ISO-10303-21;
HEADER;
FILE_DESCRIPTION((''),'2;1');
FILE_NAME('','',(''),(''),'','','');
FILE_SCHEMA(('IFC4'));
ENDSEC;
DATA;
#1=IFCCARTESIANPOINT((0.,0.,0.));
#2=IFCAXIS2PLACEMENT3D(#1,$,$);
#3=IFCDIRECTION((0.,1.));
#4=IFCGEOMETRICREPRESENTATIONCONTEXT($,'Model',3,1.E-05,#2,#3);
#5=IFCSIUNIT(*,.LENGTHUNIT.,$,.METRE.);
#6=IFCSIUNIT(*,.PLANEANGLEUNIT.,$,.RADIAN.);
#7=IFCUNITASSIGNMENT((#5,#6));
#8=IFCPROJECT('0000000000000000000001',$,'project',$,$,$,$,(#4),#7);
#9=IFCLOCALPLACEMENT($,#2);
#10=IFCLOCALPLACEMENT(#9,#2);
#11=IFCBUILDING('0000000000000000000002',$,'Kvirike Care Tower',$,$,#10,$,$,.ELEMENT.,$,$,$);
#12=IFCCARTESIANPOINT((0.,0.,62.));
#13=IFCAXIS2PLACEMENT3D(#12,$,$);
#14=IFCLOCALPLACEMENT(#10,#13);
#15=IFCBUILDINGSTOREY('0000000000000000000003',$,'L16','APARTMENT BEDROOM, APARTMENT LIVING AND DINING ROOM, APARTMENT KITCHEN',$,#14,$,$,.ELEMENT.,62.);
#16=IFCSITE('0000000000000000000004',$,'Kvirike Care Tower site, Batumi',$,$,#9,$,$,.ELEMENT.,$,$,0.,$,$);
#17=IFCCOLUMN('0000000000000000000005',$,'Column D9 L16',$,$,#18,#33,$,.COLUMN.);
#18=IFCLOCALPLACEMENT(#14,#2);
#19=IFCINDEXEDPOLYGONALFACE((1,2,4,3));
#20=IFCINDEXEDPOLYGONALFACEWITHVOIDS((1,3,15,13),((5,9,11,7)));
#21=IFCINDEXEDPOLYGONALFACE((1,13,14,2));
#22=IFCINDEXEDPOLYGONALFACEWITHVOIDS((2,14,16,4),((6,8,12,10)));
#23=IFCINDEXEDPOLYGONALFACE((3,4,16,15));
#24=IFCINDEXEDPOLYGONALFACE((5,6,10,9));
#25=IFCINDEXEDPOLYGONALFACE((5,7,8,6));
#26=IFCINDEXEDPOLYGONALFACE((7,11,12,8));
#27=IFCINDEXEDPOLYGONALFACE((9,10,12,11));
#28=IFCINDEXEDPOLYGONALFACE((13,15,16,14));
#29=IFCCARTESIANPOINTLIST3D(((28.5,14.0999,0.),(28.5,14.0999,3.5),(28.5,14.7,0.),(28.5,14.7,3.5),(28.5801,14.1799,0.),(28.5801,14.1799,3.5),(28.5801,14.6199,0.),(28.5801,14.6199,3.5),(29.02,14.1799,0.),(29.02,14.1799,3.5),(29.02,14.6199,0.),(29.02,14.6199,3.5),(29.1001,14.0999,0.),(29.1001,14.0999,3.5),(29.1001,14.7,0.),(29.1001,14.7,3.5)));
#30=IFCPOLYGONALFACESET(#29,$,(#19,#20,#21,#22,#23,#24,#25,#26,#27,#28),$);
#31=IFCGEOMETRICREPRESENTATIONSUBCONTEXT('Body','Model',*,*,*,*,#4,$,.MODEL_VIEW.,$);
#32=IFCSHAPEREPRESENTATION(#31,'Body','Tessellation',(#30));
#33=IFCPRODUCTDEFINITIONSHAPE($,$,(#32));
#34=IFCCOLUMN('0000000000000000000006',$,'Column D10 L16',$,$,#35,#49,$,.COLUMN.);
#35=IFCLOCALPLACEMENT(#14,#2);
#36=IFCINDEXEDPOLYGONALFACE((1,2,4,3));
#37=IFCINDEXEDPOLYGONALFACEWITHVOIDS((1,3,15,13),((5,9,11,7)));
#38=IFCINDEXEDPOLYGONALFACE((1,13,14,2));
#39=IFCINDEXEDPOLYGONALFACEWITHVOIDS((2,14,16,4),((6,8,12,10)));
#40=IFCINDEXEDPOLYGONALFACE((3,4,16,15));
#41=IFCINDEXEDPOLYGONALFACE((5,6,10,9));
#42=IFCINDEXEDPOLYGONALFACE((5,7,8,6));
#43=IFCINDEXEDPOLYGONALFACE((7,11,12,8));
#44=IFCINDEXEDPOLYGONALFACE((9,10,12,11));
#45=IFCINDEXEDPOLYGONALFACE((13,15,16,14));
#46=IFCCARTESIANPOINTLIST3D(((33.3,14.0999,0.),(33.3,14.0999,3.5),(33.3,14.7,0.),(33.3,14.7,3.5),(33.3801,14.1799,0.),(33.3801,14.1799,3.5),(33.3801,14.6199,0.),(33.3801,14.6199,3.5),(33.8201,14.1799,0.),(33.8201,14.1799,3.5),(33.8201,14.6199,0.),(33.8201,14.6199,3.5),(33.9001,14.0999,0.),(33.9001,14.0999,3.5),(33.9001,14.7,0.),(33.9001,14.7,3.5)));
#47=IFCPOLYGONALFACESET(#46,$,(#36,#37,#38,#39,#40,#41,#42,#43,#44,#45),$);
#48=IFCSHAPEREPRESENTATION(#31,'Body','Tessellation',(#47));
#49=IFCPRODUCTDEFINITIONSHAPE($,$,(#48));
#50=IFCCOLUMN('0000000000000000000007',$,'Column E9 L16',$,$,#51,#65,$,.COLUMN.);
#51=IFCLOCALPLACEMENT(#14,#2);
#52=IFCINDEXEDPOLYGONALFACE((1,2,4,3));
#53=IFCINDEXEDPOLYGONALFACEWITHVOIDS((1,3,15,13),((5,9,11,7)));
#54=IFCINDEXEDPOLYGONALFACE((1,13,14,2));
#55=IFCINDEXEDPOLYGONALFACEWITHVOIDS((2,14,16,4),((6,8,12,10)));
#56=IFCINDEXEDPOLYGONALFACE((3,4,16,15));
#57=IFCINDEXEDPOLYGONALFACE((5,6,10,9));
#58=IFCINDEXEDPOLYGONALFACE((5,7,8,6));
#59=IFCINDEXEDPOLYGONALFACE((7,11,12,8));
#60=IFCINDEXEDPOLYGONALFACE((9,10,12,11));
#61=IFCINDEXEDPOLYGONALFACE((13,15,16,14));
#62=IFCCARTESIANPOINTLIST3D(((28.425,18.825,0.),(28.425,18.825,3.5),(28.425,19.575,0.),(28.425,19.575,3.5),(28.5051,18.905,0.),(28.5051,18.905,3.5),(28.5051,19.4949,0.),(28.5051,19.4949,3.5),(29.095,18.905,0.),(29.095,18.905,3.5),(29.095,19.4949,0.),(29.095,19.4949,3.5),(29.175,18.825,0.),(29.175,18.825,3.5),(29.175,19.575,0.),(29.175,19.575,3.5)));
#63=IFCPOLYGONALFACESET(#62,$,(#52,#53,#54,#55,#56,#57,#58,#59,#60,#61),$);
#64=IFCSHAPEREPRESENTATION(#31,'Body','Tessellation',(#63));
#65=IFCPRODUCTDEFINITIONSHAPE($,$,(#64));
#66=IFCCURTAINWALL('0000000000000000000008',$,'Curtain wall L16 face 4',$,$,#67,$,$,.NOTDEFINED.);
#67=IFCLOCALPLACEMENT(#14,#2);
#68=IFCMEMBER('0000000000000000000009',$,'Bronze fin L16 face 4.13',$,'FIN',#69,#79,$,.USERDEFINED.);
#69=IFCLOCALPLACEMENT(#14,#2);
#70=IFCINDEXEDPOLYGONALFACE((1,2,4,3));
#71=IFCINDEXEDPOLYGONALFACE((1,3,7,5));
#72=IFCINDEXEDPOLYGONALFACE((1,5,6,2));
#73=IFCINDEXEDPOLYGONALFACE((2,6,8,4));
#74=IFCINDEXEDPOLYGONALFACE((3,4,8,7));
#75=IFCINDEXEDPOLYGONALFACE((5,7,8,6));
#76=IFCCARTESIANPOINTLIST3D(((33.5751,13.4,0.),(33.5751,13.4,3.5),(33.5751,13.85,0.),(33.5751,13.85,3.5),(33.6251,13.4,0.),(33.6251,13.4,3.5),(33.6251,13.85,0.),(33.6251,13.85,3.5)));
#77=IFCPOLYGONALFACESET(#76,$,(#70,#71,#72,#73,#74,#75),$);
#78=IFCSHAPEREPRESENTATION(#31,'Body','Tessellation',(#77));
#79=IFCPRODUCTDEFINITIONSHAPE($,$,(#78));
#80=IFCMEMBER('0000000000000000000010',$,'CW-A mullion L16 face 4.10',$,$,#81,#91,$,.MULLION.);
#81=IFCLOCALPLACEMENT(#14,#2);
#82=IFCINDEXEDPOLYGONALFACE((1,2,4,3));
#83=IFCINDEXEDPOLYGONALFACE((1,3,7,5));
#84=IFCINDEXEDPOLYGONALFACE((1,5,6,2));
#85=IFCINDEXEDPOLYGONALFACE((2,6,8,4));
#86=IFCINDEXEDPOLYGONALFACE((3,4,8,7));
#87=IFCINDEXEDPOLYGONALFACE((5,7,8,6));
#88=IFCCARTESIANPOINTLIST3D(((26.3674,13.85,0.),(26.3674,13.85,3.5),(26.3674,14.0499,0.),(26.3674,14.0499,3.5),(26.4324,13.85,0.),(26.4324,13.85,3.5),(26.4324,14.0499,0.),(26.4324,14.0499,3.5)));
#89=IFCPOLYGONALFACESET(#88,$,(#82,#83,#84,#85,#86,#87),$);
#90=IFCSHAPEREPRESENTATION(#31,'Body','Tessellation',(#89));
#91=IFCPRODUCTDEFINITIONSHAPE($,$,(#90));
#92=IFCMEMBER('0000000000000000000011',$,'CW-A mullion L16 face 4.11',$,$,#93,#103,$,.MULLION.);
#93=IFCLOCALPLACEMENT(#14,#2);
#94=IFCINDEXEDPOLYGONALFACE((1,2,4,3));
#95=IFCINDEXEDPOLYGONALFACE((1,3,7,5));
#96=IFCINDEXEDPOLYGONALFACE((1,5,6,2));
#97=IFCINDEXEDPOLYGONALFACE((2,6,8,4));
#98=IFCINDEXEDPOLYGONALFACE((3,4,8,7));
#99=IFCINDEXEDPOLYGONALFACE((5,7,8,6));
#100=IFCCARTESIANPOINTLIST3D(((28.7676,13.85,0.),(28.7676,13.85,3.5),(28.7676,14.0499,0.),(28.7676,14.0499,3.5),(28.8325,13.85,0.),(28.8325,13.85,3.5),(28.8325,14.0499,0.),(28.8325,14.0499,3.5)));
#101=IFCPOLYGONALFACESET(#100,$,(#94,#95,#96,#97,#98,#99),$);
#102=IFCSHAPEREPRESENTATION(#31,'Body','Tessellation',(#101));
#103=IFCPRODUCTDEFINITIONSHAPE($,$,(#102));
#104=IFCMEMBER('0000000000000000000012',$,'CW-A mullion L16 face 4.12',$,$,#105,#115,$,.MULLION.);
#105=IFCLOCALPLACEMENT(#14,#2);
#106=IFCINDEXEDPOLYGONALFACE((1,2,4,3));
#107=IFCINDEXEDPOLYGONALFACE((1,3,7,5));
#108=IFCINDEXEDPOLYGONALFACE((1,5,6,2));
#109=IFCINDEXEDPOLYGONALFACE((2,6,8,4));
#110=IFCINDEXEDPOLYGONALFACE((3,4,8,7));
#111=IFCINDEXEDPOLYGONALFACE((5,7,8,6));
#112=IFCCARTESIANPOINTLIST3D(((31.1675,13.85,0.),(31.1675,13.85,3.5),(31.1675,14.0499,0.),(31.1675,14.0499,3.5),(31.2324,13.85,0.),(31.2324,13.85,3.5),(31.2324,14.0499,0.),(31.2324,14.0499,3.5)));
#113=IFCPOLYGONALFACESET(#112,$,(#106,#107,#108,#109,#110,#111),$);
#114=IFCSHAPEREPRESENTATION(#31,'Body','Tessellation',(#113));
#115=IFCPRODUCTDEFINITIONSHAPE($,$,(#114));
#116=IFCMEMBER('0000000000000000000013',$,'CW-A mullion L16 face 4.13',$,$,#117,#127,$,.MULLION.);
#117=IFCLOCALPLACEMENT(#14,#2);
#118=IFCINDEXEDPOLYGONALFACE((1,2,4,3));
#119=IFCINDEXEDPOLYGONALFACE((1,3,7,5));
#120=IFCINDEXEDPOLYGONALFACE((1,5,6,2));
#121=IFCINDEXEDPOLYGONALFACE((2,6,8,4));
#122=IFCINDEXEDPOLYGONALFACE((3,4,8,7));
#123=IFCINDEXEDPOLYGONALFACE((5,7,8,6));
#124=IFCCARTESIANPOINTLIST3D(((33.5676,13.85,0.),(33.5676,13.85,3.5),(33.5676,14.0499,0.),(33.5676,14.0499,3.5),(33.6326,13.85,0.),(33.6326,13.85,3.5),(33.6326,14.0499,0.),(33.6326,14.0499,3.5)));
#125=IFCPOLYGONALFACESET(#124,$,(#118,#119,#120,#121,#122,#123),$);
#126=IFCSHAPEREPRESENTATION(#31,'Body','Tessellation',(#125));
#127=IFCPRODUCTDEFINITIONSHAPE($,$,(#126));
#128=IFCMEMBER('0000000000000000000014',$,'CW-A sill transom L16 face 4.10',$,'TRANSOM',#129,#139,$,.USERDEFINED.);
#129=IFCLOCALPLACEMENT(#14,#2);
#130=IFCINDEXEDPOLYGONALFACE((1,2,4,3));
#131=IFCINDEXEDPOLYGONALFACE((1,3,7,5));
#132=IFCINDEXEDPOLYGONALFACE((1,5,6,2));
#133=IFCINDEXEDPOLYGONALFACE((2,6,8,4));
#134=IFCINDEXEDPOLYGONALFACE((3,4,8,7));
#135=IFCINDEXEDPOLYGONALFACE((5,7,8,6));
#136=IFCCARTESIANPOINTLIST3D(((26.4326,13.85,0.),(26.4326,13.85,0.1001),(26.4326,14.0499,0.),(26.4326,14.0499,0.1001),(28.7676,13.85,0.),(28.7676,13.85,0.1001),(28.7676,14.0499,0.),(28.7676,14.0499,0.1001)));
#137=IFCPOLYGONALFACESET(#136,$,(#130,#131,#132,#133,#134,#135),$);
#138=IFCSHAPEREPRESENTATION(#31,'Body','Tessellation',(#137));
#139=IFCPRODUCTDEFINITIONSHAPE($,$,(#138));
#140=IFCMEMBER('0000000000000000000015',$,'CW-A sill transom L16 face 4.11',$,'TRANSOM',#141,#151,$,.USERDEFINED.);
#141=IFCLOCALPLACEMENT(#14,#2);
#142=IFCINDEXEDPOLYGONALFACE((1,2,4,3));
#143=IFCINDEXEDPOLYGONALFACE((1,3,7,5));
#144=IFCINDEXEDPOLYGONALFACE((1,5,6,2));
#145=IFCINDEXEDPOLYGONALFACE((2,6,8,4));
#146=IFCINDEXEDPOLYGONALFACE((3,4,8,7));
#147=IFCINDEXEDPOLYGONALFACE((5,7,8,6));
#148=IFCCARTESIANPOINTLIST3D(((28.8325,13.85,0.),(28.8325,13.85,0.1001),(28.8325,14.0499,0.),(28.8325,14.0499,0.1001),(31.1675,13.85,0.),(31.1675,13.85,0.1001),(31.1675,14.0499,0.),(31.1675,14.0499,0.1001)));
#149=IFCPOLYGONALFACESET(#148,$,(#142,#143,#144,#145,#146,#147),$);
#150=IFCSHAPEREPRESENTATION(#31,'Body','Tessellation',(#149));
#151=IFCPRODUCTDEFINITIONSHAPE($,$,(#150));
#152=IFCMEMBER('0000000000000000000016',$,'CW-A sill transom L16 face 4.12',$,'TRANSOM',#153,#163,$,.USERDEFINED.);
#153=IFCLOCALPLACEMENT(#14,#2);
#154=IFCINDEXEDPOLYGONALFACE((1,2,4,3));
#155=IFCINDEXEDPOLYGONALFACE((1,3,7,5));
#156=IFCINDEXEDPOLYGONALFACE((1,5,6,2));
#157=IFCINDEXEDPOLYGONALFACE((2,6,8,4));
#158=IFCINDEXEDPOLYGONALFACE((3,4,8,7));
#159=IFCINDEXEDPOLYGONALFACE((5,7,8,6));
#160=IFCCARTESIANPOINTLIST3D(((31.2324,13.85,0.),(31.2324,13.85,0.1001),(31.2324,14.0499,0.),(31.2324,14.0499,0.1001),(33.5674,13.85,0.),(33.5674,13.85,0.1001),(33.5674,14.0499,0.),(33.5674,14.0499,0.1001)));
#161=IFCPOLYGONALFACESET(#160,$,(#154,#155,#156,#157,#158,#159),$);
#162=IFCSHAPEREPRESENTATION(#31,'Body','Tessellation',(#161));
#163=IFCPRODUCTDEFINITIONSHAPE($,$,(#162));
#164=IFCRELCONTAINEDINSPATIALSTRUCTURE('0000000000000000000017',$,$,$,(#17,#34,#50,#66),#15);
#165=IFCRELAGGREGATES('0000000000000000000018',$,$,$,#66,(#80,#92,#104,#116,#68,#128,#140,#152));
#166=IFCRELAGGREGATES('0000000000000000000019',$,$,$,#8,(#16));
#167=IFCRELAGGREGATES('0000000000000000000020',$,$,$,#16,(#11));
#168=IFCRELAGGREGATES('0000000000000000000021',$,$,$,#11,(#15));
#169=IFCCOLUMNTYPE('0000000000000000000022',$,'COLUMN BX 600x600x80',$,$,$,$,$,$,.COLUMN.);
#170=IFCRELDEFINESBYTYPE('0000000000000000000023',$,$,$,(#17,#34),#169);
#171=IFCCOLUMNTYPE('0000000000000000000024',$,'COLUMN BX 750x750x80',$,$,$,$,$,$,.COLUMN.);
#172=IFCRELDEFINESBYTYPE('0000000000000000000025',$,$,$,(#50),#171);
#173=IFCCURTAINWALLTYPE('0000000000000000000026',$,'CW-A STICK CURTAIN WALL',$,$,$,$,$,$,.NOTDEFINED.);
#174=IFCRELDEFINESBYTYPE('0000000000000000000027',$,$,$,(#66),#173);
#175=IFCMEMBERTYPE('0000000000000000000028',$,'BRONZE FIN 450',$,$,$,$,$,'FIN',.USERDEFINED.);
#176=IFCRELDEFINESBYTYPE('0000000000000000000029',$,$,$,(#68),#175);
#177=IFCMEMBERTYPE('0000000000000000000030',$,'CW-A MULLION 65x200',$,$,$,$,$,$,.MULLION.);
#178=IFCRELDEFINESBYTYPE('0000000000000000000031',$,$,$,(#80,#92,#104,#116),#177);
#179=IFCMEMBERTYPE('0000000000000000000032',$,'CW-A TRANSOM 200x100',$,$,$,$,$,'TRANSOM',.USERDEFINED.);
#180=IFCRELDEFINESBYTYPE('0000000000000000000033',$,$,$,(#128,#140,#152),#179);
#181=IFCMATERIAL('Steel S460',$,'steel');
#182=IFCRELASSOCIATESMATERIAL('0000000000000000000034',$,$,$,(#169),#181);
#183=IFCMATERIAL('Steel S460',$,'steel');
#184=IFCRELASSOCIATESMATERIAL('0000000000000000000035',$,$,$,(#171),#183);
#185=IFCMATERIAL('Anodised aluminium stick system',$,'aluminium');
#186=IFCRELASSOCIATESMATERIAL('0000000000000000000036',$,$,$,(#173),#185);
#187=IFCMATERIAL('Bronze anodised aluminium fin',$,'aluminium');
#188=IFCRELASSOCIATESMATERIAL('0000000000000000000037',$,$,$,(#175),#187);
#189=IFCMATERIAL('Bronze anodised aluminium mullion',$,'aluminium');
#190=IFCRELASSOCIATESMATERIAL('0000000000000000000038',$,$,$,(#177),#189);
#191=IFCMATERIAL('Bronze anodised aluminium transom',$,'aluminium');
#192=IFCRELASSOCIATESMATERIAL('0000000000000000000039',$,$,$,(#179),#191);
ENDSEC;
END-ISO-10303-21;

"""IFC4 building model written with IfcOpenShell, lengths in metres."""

from ifc_helpers import new_model, si_unit, direction, frame, origin, origin_2d, place, context, subcontext, project, spatial, rectangle, hollow_rectangle, extrude, material, material_profile, profile_set, type_object, element, aggregate, save


model = new_model("IFC4")

# Units and contexts
model_context = context("Model", 3, precision=1e-05, world=origin(), true_north=direction((0.0, 1.0)))
body_context = subcontext(model_context, "Body", "Model", "MODEL_VIEW")
ifc_project = project(units=[si_unit("LENGTHUNIT", "METRE"), si_unit("PLANEANGLEUNIT", "RADIAN")], contexts=[model_context])

# Site, building, storey
site_placement = place(None, origin())
site = spatial("IfcSite", under=ifc_project, at=site_placement, Name="Kvirike Care Tower site, Batumi", CompositionType="ELEMENT", RefElevation=0.0)
building_placement = place(site_placement, origin())
building = spatial("IfcBuilding", under=site, at=building_placement, Name="Kvirike Care Tower", CompositionType="ELEMENT")
storey_placement = place(building_placement, frame((0.0, 0.0, 62.0)))
storey = spatial("IfcBuildingStorey", under=building, at=storey_placement, Name="L16", Description="APARTMENT BEDROOM, APARTMENT LIVING AND DINING ROOM, APARTMENT KITCHEN", CompositionType="ELEMENT", Elevation=62.0)

# Columns
ifc_material_1 = material(Name="Steel S460", Category="steel")
ifc_material_profile_1 = material_profile(ifc_material_1, hollow_rectangle(XDim=0.6001, YDim=0.6001, WallThickness=0.0801, at=origin_2d()), Name="BX 600x600x80")
ifc_profile_set_1 = profile_set([ifc_material_profile_1], Name="Steel S460")
column_type_1 = type_object("IfcColumnType", Name="COLUMN BX 600x600x80", PredefinedType="COLUMN", material=ifc_profile_set_1)
for number, where, z_axis, x_axis, name in (
    (1, (28.8, 14.3999, 0.0), (0.0, 0.0, 1.0), (0.0, 1.0, 0.0), "Column D9 L16"),
    (2, (33.6001, 14.3999, 0.0), (0.0, 0.0, 1.0), (0.0, 1.0, 0.0), "Column D10 L16"),
):
    element("IfcColumn", number, at=place(storey_placement, frame(where, z_axis=z_axis, x_axis=x_axis)), inside=storey, type_object=column_type_1, Name=name, PredefinedType="COLUMN", context=body_context, shape_type="SweptSolid", body=[
        extrude(hollow_rectangle(XDim=0.6001, YDim=0.6001, WallThickness=0.0801, at=origin_2d()), origin(), (0.0, 0.0, 1.0), 3.5),
    ])
ifc_material_2 = material(Name="Steel S460", Category="steel")
ifc_material_profile_2 = material_profile(ifc_material_2, hollow_rectangle(XDim=0.75, YDim=0.75, WallThickness=0.0801, at=origin_2d()), Name="BX 750x750x80")
ifc_profile_set_2 = profile_set([ifc_material_profile_2], Name="Steel S460")
column_type_2 = type_object("IfcColumnType", Name="COLUMN BX 750x750x80", PredefinedType="COLUMN", material=ifc_profile_set_2)
column_placement = place(storey_placement, frame((28.8, 19.2, 0.0), z_axis=(0.0, 0.0, 1.0), x_axis=(1.0, 0.0, 0.0)))
element("IfcColumn", 3, at=column_placement, inside=storey, type_object=column_type_2, Name="Column E9 L16", PredefinedType="COLUMN", context=body_context, shape_type="SweptSolid", body=[
    extrude(hollow_rectangle(XDim=0.75, YDim=0.75, WallThickness=0.0801, at=origin_2d()), origin(), (0.0, 0.0, 1.0), 3.5),
])

# Curtain wall, members
ifc_material_3 = material(Name="Anodised aluminium stick system", Category="aluminium")
curtain_wall_type = type_object("IfcCurtainWallType", Name="CW-A STICK CURTAIN WALL", PredefinedType="NOTDEFINED", material=ifc_material_3)
curtain_wall_placement = place(storey_placement, origin())
curtain_wall = element("IfcCurtainWall", 4, at=curtain_wall_placement, inside=storey, type_object=curtain_wall_type, Name="Curtain wall L16 face 4", PredefinedType="NOTDEFINED")
ifc_material_4 = material(Name="Bronze anodised aluminium fin", Category="aluminium")
ifc_material_profile_3 = material_profile(ifc_material_4, rectangle(XDim=0.05, YDim=0.45, at=origin_2d()), Name="BRONZE FIN 450")
ifc_profile_set_3 = profile_set([ifc_material_profile_3], Name="Bronze anodised aluminium fin")
member_type_1 = type_object("IfcMemberType", Name="BRONZE FIN 450", ElementType="FIN", PredefinedType="USERDEFINED", material=ifc_profile_set_3)
member_1_placement = place(storey_placement, frame((33.6001, 13.625, 0.0), z_axis=(0.0, 0.0, 1.0), x_axis=(1.0, 0.0, 0.0)))
member_1 = element("IfcMember", 5, at=member_1_placement, type_object=member_type_1, Name="Bronze fin L16 face 4.13", ObjectType="FIN", PredefinedType="USERDEFINED", context=body_context, shape_type="SweptSolid", body=[
    extrude(rectangle(XDim=0.05, YDim=0.45, at=origin_2d()), origin(), (0.0, 0.0, 1.0), 3.5),
])
ifc_material_5 = material(Name="Bronze anodised aluminium mullion", Category="aluminium")
ifc_material_profile_4 = material_profile(ifc_material_5, rectangle(XDim=0.0649, YDim=0.2, at=origin_2d()), Name="CW-A MULLION 65x200")
ifc_profile_set_4 = profile_set([ifc_material_profile_4], Name="Bronze anodised aluminium mullion")
member_type_2 = type_object("IfcMemberType", Name="CW-A MULLION 65x200", PredefinedType="MULLION", material=ifc_profile_set_4)
member_2_placement = place(storey_placement, frame((26.3999, 13.95, 0.0), z_axis=(0.0, 0.0, 1.0), x_axis=(1.0, 0.0, 0.0)))
member_2 = element("IfcMember", 6, at=member_2_placement, type_object=member_type_2, Name="CW-A mullion L16 face 4.10", PredefinedType="MULLION", context=body_context, shape_type="SweptSolid", body=[
    extrude(rectangle(XDim=0.0649, YDim=0.2, at=origin_2d()), origin(), (0.0, 0.0, 1.0), 3.5),
])
member_3_placement = place(storey_placement, frame((28.8, 13.95, 0.0), z_axis=(0.0, 0.0, 1.0), x_axis=(1.0, 0.0, 0.0)))
member_3 = element("IfcMember", 7, at=member_3_placement, type_object=member_type_2, Name="CW-A mullion L16 face 4.11", PredefinedType="MULLION", context=body_context, shape_type="SweptSolid", body=[
    extrude(rectangle(XDim=0.0649, YDim=0.2, at=origin_2d()), origin(), (0.0, 0.0, 1.0), 3.5),
])
member_4_placement = place(storey_placement, frame((31.2, 13.95, 0.0), z_axis=(0.0, 0.0, 1.0), x_axis=(1.0, 0.0, 0.0)))
member_4 = element("IfcMember", 8, at=member_4_placement, type_object=member_type_2, Name="CW-A mullion L16 face 4.12", PredefinedType="MULLION", context=body_context, shape_type="SweptSolid", body=[
    extrude(rectangle(XDim=0.0649, YDim=0.2, at=origin_2d()), origin(), (0.0, 0.0, 1.0), 3.5),
])
member_5_placement = place(storey_placement, frame((33.6001, 13.95, 0.0), z_axis=(0.0, 0.0, 1.0), x_axis=(1.0, 0.0, 0.0)))
member_5 = element("IfcMember", 9, at=member_5_placement, type_object=member_type_2, Name="CW-A mullion L16 face 4.13", PredefinedType="MULLION", context=body_context, shape_type="SweptSolid", body=[
    extrude(rectangle(XDim=0.0649, YDim=0.2, at=origin_2d()), origin(), (0.0, 0.0, 1.0), 3.5),
])
ifc_material_6 = material(Name="Bronze anodised aluminium transom", Category="aluminium")
ifc_material_profile_5 = material_profile(ifc_material_6, rectangle(XDim=0.2, YDim=0.1001, at=origin_2d()), Name="CW-A TRANSOM 200x100")
ifc_profile_set_5 = profile_set([ifc_material_profile_5], Name="Bronze anodised aluminium transom")
member_type_3 = type_object("IfcMemberType", Name="CW-A TRANSOM 200x100", ElementType="TRANSOM", PredefinedType="USERDEFINED", material=ifc_profile_set_5)
member_6_placement = place(storey_placement, frame((26.4326, 13.95, 0.05), z_axis=(1.0, 0.0, 0.0), x_axis=(0.0, 1.0, 0.0)))
member_6 = element("IfcMember", 10, at=member_6_placement, type_object=member_type_3, Name="CW-A sill transom L16 face 4.10", ObjectType="TRANSOM", PredefinedType="USERDEFINED", context=body_context, shape_type="SweptSolid", body=[
    extrude(rectangle(XDim=0.2, YDim=0.1001, at=origin_2d()), origin(), (0.0, 0.0, 1.0), 2.335),
])
member_7_placement = place(storey_placement, frame((28.8325, 13.95, 0.05), z_axis=(1.0, 0.0, 0.0), x_axis=(0.0, 1.0, 0.0)))
member_7 = element("IfcMember", 11, at=member_7_placement, type_object=member_type_3, Name="CW-A sill transom L16 face 4.11", ObjectType="TRANSOM", PredefinedType="USERDEFINED", context=body_context, shape_type="SweptSolid", body=[
    extrude(rectangle(XDim=0.2, YDim=0.1001, at=origin_2d()), origin(), (0.0, 0.0, 1.0), 2.335),
])
member_8_placement = place(storey_placement, frame((31.2324, 13.95, 0.05), z_axis=(1.0, 0.0, 0.0), x_axis=(0.0, 1.0, 0.0)))
member_8 = element("IfcMember", 12, at=member_8_placement, type_object=member_type_3, Name="CW-A sill transom L16 face 4.12", ObjectType="TRANSOM", PredefinedType="USERDEFINED", context=body_context, shape_type="SweptSolid", body=[
    extrude(rectangle(XDim=0.2, YDim=0.1001, at=origin_2d()), origin(), (0.0, 0.0, 1.0), 2.335),
])

aggregate(curtain_wall, [member_2, member_3, member_4, member_5, member_1, member_6, member_7, member_8])

save(model, "model.ifc")
